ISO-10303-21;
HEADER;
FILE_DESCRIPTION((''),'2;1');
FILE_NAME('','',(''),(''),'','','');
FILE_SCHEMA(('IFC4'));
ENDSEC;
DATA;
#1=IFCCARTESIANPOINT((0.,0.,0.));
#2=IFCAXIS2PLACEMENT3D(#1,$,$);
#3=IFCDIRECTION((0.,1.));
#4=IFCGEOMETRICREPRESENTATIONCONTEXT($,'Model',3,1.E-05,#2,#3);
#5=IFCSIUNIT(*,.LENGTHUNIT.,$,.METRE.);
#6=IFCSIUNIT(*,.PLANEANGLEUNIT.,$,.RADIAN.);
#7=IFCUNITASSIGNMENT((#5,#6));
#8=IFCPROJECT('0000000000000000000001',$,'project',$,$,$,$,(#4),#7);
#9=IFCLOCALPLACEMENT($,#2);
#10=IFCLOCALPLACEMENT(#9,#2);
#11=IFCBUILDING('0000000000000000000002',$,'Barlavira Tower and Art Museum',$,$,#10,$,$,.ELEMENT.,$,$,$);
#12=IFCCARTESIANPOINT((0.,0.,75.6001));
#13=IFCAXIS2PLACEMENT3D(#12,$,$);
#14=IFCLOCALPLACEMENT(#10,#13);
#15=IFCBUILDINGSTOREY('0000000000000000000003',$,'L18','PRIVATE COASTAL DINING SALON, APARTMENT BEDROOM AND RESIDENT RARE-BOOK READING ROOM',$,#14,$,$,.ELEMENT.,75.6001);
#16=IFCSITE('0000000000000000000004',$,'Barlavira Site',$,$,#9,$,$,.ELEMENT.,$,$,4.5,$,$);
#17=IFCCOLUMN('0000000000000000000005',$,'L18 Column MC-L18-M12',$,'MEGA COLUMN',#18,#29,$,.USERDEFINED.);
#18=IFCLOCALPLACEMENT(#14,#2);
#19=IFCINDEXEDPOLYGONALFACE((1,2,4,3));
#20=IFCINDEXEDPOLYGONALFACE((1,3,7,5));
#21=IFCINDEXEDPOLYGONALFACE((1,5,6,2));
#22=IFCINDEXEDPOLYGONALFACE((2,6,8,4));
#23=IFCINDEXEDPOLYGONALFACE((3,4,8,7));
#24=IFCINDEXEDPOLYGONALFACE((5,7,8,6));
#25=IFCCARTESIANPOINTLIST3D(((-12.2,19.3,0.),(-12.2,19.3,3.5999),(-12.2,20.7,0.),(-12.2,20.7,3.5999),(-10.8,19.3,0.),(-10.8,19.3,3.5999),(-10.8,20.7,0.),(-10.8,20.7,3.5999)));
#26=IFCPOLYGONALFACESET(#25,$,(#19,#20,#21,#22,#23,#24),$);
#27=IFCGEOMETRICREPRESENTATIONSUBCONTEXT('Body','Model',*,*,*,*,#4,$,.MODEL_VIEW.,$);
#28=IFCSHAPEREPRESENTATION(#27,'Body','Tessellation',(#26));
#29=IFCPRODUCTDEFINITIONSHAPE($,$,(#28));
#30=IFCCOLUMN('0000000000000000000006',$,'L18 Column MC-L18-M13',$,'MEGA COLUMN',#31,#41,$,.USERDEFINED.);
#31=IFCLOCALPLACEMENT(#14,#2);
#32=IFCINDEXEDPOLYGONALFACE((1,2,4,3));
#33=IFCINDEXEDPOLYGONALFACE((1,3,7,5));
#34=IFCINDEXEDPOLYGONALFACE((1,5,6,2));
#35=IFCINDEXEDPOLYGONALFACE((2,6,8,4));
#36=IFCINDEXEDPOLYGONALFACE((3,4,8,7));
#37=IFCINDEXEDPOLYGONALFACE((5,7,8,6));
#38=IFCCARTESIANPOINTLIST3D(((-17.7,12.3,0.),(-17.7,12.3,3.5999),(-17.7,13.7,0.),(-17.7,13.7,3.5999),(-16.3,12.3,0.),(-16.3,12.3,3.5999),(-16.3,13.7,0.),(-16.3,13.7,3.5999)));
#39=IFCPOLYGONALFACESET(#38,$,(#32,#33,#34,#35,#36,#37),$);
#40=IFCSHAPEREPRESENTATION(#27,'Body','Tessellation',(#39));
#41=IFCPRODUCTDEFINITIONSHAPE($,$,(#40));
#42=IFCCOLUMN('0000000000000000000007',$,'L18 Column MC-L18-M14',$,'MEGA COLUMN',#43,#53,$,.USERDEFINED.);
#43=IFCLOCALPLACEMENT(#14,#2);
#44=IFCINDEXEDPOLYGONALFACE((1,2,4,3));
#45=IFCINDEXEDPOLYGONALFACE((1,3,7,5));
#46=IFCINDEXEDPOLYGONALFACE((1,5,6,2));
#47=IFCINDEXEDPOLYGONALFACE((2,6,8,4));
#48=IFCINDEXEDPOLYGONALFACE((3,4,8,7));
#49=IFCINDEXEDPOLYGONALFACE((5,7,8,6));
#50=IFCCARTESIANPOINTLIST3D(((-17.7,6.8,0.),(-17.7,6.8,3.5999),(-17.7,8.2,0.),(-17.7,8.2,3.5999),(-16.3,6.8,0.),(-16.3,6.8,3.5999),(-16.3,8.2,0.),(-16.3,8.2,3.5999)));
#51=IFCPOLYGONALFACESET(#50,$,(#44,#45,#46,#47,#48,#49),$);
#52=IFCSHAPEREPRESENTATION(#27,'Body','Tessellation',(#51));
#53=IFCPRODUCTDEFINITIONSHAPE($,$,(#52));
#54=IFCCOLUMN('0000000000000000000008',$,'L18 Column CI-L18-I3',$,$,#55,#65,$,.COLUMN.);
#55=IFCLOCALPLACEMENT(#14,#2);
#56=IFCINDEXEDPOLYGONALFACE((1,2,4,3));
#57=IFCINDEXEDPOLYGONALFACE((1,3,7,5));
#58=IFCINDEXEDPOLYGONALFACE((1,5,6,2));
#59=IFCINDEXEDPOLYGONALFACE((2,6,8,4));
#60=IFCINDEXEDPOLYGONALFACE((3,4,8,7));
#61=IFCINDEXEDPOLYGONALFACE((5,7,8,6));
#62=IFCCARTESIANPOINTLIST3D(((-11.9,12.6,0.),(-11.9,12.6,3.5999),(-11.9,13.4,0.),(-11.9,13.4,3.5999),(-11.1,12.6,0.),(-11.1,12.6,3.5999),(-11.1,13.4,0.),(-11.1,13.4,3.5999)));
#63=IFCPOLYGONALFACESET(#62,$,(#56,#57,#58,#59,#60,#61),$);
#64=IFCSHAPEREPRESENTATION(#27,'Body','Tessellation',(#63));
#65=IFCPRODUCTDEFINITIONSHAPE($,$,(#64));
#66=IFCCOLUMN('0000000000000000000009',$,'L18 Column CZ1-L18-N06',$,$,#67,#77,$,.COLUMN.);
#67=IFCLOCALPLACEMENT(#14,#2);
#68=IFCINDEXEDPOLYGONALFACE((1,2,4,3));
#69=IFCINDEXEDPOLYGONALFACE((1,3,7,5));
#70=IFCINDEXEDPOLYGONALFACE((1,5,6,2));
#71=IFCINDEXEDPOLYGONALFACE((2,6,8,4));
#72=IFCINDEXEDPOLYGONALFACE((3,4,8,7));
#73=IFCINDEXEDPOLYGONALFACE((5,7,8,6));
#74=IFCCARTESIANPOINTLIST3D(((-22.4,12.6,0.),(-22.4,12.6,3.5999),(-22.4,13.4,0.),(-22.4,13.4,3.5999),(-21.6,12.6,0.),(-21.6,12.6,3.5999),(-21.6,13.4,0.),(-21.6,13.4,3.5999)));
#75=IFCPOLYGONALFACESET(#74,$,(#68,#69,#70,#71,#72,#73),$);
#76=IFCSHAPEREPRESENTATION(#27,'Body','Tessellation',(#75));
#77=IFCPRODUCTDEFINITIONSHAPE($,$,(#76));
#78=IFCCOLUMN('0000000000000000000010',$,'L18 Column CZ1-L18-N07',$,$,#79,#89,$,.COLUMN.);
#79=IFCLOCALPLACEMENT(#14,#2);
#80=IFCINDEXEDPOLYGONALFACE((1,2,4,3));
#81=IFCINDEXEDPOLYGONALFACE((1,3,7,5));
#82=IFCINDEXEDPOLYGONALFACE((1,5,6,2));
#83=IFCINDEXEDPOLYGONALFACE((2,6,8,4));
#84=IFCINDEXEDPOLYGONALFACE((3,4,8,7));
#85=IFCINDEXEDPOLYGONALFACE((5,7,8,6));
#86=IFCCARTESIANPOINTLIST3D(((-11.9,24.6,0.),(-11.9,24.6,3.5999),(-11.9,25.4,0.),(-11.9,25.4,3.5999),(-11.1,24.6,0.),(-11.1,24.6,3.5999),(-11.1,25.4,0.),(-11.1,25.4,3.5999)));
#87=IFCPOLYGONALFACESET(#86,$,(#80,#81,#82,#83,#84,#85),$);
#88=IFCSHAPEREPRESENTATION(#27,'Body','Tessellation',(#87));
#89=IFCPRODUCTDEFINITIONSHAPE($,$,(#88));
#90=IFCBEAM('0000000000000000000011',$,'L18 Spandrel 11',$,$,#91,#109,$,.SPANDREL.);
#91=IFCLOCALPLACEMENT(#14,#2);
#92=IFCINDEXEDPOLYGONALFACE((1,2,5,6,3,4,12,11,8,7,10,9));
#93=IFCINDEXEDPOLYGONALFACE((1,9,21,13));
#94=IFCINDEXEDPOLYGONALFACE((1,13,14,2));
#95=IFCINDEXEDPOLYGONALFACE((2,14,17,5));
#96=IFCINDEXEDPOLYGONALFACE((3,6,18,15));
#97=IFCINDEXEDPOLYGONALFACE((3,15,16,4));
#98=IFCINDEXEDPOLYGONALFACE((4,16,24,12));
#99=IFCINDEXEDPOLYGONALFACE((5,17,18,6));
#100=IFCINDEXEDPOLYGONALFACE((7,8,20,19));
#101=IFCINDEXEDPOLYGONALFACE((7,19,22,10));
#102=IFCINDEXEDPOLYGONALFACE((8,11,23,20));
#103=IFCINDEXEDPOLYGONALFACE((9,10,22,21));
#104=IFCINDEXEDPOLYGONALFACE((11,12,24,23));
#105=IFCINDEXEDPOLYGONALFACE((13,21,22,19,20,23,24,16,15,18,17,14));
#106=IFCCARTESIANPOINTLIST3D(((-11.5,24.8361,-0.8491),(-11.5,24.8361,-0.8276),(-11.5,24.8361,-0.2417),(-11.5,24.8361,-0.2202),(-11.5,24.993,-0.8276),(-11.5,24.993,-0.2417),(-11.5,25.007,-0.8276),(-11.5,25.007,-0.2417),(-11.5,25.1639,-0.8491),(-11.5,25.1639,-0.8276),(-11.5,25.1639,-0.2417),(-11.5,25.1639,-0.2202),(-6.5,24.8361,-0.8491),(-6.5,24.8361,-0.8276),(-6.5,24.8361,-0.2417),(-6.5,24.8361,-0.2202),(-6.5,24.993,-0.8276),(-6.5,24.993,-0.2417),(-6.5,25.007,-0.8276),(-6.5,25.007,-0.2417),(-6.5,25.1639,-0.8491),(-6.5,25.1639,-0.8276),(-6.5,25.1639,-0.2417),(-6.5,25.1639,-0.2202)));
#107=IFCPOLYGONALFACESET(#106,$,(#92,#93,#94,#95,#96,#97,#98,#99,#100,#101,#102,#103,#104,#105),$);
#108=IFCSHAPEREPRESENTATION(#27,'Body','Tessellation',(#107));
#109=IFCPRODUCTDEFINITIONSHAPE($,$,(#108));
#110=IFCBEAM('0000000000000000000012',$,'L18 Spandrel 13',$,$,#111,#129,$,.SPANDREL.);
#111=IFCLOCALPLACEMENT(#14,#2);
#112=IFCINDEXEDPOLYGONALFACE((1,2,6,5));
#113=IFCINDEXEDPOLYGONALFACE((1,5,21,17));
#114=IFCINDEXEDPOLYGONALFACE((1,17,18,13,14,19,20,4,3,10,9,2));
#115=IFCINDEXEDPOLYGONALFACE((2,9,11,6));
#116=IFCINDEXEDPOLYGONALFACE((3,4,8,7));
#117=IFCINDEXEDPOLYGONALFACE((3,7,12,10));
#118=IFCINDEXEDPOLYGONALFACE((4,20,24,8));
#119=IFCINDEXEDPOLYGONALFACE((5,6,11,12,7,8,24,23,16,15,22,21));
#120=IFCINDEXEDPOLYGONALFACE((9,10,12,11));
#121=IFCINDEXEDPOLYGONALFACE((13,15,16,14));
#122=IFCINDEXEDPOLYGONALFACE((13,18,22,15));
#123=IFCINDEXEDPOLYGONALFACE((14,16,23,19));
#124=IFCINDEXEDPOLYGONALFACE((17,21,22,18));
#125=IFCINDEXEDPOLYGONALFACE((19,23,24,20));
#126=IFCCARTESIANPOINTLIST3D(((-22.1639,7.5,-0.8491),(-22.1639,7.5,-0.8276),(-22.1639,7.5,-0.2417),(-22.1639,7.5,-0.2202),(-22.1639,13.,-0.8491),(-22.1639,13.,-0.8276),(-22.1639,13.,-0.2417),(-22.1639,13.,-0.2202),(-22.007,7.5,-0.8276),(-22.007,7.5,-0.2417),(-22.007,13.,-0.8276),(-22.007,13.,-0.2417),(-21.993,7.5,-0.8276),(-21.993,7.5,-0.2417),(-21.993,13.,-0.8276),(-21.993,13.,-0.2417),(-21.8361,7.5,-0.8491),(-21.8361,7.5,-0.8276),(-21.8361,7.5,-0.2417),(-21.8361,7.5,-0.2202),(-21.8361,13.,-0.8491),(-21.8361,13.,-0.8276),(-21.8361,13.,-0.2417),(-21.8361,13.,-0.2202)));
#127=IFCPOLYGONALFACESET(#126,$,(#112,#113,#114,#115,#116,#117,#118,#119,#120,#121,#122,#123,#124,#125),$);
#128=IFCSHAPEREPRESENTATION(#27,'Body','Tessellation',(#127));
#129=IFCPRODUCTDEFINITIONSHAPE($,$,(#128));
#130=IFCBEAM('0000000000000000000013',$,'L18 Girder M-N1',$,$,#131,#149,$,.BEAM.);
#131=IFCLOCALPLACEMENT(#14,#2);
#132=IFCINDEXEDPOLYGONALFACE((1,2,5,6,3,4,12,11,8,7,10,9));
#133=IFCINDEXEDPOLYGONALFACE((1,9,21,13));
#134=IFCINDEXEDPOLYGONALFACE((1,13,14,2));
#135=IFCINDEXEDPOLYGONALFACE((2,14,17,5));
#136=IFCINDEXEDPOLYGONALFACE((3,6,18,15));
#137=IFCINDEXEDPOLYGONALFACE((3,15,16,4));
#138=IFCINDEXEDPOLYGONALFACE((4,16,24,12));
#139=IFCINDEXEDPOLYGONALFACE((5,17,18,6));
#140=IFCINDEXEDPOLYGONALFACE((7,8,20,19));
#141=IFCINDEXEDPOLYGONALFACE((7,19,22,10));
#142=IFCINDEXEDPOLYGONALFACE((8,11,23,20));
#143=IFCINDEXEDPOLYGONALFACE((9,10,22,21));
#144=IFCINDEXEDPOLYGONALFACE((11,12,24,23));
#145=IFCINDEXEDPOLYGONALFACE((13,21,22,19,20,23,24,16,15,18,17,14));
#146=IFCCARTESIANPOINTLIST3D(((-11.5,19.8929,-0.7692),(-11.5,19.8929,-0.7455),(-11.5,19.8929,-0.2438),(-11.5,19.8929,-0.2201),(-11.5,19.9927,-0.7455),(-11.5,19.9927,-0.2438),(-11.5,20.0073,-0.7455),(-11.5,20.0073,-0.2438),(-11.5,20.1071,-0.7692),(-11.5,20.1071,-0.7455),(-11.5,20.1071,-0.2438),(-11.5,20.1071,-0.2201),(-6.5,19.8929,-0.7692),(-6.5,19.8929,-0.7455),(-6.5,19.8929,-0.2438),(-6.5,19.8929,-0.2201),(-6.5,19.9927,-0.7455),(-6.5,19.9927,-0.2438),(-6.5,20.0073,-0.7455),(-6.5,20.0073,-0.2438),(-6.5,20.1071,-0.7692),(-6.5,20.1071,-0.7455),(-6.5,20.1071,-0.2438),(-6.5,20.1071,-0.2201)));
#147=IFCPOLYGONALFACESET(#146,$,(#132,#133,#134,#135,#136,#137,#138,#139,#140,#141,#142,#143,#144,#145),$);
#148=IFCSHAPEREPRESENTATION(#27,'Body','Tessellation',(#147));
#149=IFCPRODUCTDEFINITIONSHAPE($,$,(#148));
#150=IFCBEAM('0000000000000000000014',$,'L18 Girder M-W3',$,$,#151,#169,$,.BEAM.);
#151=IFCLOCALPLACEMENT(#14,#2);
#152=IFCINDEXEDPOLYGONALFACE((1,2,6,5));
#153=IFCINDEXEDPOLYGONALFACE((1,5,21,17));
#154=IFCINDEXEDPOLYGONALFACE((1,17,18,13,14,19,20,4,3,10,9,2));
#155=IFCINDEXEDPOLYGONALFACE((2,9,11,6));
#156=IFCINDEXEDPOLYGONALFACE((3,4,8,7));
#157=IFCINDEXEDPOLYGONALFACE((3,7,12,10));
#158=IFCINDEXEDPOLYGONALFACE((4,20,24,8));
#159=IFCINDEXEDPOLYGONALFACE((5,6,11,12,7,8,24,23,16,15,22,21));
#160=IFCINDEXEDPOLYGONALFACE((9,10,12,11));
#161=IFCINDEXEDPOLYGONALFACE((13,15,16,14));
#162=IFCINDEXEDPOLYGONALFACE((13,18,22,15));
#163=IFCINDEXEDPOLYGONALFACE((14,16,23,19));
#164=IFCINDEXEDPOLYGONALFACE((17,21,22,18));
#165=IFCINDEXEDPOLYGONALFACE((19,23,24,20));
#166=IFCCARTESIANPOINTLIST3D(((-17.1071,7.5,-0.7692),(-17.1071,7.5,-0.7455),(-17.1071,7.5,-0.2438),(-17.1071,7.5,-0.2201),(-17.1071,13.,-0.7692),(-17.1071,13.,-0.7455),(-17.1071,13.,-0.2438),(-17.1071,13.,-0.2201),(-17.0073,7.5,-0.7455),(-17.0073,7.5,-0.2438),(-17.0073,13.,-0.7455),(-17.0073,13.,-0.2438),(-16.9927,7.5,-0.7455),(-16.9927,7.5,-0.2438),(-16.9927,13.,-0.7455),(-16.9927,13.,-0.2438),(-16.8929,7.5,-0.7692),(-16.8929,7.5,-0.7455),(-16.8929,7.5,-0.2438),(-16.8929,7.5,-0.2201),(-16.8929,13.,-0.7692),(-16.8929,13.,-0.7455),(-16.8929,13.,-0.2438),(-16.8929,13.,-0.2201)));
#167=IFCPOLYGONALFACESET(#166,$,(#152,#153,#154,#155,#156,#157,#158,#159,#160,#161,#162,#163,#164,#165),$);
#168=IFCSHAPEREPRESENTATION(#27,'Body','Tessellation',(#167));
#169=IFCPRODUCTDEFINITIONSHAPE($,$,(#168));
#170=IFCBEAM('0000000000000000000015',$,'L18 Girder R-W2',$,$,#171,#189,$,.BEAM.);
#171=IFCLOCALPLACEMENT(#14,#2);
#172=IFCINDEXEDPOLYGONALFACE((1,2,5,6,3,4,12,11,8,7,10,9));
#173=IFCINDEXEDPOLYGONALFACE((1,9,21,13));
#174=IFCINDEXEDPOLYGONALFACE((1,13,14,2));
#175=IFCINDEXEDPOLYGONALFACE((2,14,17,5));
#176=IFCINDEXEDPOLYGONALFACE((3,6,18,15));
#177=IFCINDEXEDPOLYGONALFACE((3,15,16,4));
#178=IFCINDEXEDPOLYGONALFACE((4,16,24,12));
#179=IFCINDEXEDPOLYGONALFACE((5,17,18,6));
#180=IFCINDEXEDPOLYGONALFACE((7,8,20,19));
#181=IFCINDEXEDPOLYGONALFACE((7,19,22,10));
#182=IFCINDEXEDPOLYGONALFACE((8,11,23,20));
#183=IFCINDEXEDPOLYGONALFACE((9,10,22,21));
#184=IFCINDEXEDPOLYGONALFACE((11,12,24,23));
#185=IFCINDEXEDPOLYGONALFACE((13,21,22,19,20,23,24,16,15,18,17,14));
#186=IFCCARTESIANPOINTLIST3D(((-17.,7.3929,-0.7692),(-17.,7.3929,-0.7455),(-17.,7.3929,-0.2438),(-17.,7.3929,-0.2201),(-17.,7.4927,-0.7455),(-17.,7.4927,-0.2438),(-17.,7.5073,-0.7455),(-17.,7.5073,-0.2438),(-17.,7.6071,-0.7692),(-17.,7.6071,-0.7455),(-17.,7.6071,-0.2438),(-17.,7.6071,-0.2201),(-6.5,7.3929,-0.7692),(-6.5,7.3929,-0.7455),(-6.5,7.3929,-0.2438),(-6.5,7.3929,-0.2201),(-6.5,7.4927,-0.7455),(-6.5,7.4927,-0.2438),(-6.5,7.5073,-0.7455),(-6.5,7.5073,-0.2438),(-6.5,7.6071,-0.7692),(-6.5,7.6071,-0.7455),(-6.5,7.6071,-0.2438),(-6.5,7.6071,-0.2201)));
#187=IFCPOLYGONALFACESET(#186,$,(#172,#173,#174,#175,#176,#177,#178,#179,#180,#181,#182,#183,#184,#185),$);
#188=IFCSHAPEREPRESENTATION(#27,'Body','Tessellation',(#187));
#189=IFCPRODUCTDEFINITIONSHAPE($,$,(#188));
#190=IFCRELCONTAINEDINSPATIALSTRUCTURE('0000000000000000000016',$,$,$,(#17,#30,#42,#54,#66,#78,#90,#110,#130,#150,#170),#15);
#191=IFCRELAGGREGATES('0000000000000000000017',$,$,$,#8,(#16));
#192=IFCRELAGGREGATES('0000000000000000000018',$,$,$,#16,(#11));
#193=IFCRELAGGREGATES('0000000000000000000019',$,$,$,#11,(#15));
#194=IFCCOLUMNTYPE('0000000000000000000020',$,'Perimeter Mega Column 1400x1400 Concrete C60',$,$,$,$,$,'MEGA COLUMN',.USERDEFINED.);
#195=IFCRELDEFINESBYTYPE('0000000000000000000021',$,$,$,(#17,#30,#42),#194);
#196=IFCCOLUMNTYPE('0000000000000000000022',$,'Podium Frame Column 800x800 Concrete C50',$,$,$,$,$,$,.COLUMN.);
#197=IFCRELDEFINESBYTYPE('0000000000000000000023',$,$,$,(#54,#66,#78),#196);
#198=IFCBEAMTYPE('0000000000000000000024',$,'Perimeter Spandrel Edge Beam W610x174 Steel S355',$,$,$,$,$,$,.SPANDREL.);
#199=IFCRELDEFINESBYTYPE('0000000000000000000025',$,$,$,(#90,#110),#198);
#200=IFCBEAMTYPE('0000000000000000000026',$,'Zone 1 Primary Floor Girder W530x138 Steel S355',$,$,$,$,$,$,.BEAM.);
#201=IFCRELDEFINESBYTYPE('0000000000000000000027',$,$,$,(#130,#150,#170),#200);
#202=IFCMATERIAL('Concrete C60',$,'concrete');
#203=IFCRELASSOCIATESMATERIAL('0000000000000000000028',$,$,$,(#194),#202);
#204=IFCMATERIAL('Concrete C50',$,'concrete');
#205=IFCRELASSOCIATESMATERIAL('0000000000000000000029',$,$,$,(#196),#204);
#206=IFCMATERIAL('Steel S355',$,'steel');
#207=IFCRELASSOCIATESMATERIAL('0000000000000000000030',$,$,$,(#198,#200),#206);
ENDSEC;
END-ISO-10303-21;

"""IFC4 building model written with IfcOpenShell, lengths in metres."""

from ifc_helpers import new_model, si_unit, direction, frame, origin, origin_2d, place, context, subcontext, project, spatial, rectangle, i_section, extrude, material, material_profile, profile_set, type_object, element, save


model = new_model("IFC4")

# Units and contexts
model_context = context("Model", 3, precision=1e-05, world=origin(), true_north=direction((0.0, 1.0)))
body_context = subcontext(model_context, "Body", "Model", "MODEL_VIEW")
ifc_project = project(units=[si_unit("LENGTHUNIT", "METRE"), si_unit("PLANEANGLEUNIT", "RADIAN")], contexts=[model_context])

# Site, building, storey
site_placement = place(None, origin())
site = spatial("IfcSite", under=ifc_project, at=site_placement, Name="Barlavira Site", CompositionType="ELEMENT", RefElevation=4.5)
building_placement = place(site_placement, origin())
building = spatial("IfcBuilding", under=site, at=building_placement, Name="Barlavira Tower and Art Museum", CompositionType="ELEMENT")
storey_placement = place(building_placement, frame((0.0, 0.0, 75.6001)))
storey = spatial("IfcBuildingStorey", under=building, at=storey_placement, Name="L18", Description="PRIVATE COASTAL DINING SALON, APARTMENT BEDROOM AND RESIDENT RARE-BOOK READING ROOM", CompositionType="ELEMENT", Elevation=75.6001)

# Columns
ifc_material_1 = material(Name="Concrete C60", Category="concrete")
ifc_material_profile_1 = material_profile(ifc_material_1, rectangle(XDim=1.3999, YDim=1.3999, at=origin_2d()), Name="RC-MCOL 1400x1400")
ifc_profile_set_1 = profile_set([ifc_material_profile_1], Name="Concrete C60")
column_type_1 = type_object("IfcColumnType", Name="Perimeter Mega Column 1400x1400 Concrete C60", ElementType="MEGA COLUMN", PredefinedType="USERDEFINED", material=ifc_profile_set_1)
for number, where, z_axis, x_axis, name in (
    (1, (-11.5, 20.0, 0.0), (0.0, 0.0, 1.0), (1.0, 0.0, 0.0), "L18 Column MC-L18-M12"),
    (2, (-17.0, 13.0, 0.0), (0.0, 0.0, 1.0), (1.0, 0.0, 0.0), "L18 Column MC-L18-M13"),
    (3, (-17.0, 7.5, 0.0), (0.0, 0.0, 1.0), (1.0, 0.0, 0.0), "L18 Column MC-L18-M14"),
):
    element("IfcColumn", number, at=place(storey_placement, frame(where, z_axis=z_axis, x_axis=x_axis)), inside=storey, type_object=column_type_1, Name=name, ObjectType="MEGA COLUMN", PredefinedType="USERDEFINED", context=body_context, shape_type="SweptSolid", body=[
        extrude(rectangle(XDim=1.3999, YDim=1.3999, at=origin_2d()), origin(), (0.0, 0.0, 1.0), 3.5999),
    ])
ifc_material_2 = material(Name="Concrete C50", Category="concrete")
ifc_material_profile_2 = material_profile(ifc_material_2, rectangle(XDim=0.8, YDim=0.8, at=origin_2d()), Name="RC-COL 800x800")
ifc_profile_set_2 = profile_set([ifc_material_profile_2], Name="Concrete C50")
column_type_2 = type_object("IfcColumnType", Name="Podium Frame Column 800x800 Concrete C50", PredefinedType="COLUMN", material=ifc_profile_set_2)
for number, where, z_axis, x_axis, name in (
    (4, (-11.5, 13.0, 0.0), (0.0, 0.0, 1.0), (1.0, 0.0, 0.0), "L18 Column CI-L18-I3"),
    (5, (-22.0, 13.0, 0.0), (0.0, 0.0, 1.0), (1.0, 0.0, 0.0), "L18 Column CZ1-L18-N06"),
    (6, (-11.5, 25.0, 0.0), (0.0, 0.0, 1.0), (1.0, 0.0, 0.0), "L18 Column CZ1-L18-N07"),
):
    element("IfcColumn", number, at=place(storey_placement, frame(where, z_axis=z_axis, x_axis=x_axis)), inside=storey, type_object=column_type_2, Name=name, PredefinedType="COLUMN", context=body_context, shape_type="SweptSolid", body=[
        extrude(rectangle(XDim=0.8, YDim=0.8, at=origin_2d()), origin(), (0.0, 0.0, 1.0), 3.5999),
    ])

# Beams
ifc_material_3 = material(Name="Steel S355", Category="steel")
ifc_material_profile_3 = material_profile(ifc_material_3, i_section(OverallWidth=0.3279, OverallDepth=0.6289, WebThickness=0.0139, FlangeThickness=0.0215, at=origin_2d()), Name="W610x174.0")
ifc_profile_set_3 = profile_set([ifc_material_profile_3], Name="Steel S355")
beam_type_1 = type_object("IfcBeamType", Name="Perimeter Spandrel Edge Beam W610x174 Steel S355", PredefinedType="SPANDREL", material=ifc_profile_set_3)
beam_1_placement = place(storey_placement, frame((-11.5, 25.0, -0.5347), z_axis=(1.0, 0.0, 0.0), x_axis=(0.0, 1.0, 0.0)))
element("IfcBeam", 7, at=beam_1_placement, inside=storey, type_object=beam_type_1, Name="L18 Spandrel 11", PredefinedType="SPANDREL", context=body_context, shape_type="SweptSolid", body=[
    extrude(i_section(OverallWidth=0.3279, OverallDepth=0.6289, WebThickness=0.0139, FlangeThickness=0.0215, at=origin_2d()), origin(), (0.0, 0.0, 1.0), 5.0),
])
beam_2_placement = place(storey_placement, frame((-22.0, 7.5, -0.5347), z_axis=(0.0, 1.0, 0.0), x_axis=(-1.0, 0.0, 0.0)))
element("IfcBeam", 8, at=beam_2_placement, inside=storey, type_object=beam_type_1, Name="L18 Spandrel 13", PredefinedType="SPANDREL", context=body_context, shape_type="SweptSolid", body=[
    extrude(i_section(OverallWidth=0.3279, OverallDepth=0.6289, WebThickness=0.0139, FlangeThickness=0.0215, at=origin_2d()), origin(), (0.0, 0.0, 1.0), 5.5),
])
ifc_material_profile_4 = material_profile(ifc_material_3, i_section(OverallWidth=0.2141, OverallDepth=0.5491, WebThickness=0.0146, FlangeThickness=0.0237, at=origin_2d()), Name="W530x138.0")
ifc_profile_set_4 = profile_set([ifc_material_profile_4], Name="Steel S355")
beam_type_2 = type_object("IfcBeamType", Name="Zone 1 Primary Floor Girder W530x138 Steel S355", PredefinedType="BEAM", material=ifc_profile_set_4)
beam_3_placement = place(storey_placement, frame((-11.5, 20.0, -0.4946), z_axis=(1.0, 0.0, 0.0), x_axis=(0.0, 1.0, 0.0)))
element("IfcBeam", 9, at=beam_3_placement, inside=storey, type_object=beam_type_2, Name="L18 Girder M-N1", PredefinedType="BEAM", context=body_context, shape_type="SweptSolid", body=[
    extrude(i_section(OverallWidth=0.2141, OverallDepth=0.5491, WebThickness=0.0146, FlangeThickness=0.0237, at=origin_2d()), origin(), (0.0, 0.0, 1.0), 5.0),
])
beam_4_placement = place(storey_placement, frame((-17.0, 7.5, -0.4946), z_axis=(0.0, 1.0, 0.0), x_axis=(-1.0, 0.0, 0.0)))
element("IfcBeam", 10, at=beam_4_placement, inside=storey, type_object=beam_type_2, Name="L18 Girder M-W3", PredefinedType="BEAM", context=body_context, shape_type="SweptSolid", body=[
    extrude(i_section(OverallWidth=0.2141, OverallDepth=0.5491, WebThickness=0.0146, FlangeThickness=0.0237, at=origin_2d()), origin(), (0.0, 0.0, 1.0), 5.5),
])
beam_5_placement = place(storey_placement, frame((-17.0, 7.5, -0.4946), z_axis=(1.0, 0.0, 0.0), x_axis=(0.0, 1.0, 0.0)))
element("IfcBeam", 11, at=beam_5_placement, inside=storey, type_object=beam_type_2, Name="L18 Girder R-W2", PredefinedType="BEAM", context=body_context, shape_type="SweptSolid", body=[
    extrude(i_section(OverallWidth=0.2141, OverallDepth=0.5491, WebThickness=0.0146, FlangeThickness=0.0237, at=origin_2d()), origin(), (0.0, 0.0, 1.0), 10.5),
])

save(model, "model.ifc")
